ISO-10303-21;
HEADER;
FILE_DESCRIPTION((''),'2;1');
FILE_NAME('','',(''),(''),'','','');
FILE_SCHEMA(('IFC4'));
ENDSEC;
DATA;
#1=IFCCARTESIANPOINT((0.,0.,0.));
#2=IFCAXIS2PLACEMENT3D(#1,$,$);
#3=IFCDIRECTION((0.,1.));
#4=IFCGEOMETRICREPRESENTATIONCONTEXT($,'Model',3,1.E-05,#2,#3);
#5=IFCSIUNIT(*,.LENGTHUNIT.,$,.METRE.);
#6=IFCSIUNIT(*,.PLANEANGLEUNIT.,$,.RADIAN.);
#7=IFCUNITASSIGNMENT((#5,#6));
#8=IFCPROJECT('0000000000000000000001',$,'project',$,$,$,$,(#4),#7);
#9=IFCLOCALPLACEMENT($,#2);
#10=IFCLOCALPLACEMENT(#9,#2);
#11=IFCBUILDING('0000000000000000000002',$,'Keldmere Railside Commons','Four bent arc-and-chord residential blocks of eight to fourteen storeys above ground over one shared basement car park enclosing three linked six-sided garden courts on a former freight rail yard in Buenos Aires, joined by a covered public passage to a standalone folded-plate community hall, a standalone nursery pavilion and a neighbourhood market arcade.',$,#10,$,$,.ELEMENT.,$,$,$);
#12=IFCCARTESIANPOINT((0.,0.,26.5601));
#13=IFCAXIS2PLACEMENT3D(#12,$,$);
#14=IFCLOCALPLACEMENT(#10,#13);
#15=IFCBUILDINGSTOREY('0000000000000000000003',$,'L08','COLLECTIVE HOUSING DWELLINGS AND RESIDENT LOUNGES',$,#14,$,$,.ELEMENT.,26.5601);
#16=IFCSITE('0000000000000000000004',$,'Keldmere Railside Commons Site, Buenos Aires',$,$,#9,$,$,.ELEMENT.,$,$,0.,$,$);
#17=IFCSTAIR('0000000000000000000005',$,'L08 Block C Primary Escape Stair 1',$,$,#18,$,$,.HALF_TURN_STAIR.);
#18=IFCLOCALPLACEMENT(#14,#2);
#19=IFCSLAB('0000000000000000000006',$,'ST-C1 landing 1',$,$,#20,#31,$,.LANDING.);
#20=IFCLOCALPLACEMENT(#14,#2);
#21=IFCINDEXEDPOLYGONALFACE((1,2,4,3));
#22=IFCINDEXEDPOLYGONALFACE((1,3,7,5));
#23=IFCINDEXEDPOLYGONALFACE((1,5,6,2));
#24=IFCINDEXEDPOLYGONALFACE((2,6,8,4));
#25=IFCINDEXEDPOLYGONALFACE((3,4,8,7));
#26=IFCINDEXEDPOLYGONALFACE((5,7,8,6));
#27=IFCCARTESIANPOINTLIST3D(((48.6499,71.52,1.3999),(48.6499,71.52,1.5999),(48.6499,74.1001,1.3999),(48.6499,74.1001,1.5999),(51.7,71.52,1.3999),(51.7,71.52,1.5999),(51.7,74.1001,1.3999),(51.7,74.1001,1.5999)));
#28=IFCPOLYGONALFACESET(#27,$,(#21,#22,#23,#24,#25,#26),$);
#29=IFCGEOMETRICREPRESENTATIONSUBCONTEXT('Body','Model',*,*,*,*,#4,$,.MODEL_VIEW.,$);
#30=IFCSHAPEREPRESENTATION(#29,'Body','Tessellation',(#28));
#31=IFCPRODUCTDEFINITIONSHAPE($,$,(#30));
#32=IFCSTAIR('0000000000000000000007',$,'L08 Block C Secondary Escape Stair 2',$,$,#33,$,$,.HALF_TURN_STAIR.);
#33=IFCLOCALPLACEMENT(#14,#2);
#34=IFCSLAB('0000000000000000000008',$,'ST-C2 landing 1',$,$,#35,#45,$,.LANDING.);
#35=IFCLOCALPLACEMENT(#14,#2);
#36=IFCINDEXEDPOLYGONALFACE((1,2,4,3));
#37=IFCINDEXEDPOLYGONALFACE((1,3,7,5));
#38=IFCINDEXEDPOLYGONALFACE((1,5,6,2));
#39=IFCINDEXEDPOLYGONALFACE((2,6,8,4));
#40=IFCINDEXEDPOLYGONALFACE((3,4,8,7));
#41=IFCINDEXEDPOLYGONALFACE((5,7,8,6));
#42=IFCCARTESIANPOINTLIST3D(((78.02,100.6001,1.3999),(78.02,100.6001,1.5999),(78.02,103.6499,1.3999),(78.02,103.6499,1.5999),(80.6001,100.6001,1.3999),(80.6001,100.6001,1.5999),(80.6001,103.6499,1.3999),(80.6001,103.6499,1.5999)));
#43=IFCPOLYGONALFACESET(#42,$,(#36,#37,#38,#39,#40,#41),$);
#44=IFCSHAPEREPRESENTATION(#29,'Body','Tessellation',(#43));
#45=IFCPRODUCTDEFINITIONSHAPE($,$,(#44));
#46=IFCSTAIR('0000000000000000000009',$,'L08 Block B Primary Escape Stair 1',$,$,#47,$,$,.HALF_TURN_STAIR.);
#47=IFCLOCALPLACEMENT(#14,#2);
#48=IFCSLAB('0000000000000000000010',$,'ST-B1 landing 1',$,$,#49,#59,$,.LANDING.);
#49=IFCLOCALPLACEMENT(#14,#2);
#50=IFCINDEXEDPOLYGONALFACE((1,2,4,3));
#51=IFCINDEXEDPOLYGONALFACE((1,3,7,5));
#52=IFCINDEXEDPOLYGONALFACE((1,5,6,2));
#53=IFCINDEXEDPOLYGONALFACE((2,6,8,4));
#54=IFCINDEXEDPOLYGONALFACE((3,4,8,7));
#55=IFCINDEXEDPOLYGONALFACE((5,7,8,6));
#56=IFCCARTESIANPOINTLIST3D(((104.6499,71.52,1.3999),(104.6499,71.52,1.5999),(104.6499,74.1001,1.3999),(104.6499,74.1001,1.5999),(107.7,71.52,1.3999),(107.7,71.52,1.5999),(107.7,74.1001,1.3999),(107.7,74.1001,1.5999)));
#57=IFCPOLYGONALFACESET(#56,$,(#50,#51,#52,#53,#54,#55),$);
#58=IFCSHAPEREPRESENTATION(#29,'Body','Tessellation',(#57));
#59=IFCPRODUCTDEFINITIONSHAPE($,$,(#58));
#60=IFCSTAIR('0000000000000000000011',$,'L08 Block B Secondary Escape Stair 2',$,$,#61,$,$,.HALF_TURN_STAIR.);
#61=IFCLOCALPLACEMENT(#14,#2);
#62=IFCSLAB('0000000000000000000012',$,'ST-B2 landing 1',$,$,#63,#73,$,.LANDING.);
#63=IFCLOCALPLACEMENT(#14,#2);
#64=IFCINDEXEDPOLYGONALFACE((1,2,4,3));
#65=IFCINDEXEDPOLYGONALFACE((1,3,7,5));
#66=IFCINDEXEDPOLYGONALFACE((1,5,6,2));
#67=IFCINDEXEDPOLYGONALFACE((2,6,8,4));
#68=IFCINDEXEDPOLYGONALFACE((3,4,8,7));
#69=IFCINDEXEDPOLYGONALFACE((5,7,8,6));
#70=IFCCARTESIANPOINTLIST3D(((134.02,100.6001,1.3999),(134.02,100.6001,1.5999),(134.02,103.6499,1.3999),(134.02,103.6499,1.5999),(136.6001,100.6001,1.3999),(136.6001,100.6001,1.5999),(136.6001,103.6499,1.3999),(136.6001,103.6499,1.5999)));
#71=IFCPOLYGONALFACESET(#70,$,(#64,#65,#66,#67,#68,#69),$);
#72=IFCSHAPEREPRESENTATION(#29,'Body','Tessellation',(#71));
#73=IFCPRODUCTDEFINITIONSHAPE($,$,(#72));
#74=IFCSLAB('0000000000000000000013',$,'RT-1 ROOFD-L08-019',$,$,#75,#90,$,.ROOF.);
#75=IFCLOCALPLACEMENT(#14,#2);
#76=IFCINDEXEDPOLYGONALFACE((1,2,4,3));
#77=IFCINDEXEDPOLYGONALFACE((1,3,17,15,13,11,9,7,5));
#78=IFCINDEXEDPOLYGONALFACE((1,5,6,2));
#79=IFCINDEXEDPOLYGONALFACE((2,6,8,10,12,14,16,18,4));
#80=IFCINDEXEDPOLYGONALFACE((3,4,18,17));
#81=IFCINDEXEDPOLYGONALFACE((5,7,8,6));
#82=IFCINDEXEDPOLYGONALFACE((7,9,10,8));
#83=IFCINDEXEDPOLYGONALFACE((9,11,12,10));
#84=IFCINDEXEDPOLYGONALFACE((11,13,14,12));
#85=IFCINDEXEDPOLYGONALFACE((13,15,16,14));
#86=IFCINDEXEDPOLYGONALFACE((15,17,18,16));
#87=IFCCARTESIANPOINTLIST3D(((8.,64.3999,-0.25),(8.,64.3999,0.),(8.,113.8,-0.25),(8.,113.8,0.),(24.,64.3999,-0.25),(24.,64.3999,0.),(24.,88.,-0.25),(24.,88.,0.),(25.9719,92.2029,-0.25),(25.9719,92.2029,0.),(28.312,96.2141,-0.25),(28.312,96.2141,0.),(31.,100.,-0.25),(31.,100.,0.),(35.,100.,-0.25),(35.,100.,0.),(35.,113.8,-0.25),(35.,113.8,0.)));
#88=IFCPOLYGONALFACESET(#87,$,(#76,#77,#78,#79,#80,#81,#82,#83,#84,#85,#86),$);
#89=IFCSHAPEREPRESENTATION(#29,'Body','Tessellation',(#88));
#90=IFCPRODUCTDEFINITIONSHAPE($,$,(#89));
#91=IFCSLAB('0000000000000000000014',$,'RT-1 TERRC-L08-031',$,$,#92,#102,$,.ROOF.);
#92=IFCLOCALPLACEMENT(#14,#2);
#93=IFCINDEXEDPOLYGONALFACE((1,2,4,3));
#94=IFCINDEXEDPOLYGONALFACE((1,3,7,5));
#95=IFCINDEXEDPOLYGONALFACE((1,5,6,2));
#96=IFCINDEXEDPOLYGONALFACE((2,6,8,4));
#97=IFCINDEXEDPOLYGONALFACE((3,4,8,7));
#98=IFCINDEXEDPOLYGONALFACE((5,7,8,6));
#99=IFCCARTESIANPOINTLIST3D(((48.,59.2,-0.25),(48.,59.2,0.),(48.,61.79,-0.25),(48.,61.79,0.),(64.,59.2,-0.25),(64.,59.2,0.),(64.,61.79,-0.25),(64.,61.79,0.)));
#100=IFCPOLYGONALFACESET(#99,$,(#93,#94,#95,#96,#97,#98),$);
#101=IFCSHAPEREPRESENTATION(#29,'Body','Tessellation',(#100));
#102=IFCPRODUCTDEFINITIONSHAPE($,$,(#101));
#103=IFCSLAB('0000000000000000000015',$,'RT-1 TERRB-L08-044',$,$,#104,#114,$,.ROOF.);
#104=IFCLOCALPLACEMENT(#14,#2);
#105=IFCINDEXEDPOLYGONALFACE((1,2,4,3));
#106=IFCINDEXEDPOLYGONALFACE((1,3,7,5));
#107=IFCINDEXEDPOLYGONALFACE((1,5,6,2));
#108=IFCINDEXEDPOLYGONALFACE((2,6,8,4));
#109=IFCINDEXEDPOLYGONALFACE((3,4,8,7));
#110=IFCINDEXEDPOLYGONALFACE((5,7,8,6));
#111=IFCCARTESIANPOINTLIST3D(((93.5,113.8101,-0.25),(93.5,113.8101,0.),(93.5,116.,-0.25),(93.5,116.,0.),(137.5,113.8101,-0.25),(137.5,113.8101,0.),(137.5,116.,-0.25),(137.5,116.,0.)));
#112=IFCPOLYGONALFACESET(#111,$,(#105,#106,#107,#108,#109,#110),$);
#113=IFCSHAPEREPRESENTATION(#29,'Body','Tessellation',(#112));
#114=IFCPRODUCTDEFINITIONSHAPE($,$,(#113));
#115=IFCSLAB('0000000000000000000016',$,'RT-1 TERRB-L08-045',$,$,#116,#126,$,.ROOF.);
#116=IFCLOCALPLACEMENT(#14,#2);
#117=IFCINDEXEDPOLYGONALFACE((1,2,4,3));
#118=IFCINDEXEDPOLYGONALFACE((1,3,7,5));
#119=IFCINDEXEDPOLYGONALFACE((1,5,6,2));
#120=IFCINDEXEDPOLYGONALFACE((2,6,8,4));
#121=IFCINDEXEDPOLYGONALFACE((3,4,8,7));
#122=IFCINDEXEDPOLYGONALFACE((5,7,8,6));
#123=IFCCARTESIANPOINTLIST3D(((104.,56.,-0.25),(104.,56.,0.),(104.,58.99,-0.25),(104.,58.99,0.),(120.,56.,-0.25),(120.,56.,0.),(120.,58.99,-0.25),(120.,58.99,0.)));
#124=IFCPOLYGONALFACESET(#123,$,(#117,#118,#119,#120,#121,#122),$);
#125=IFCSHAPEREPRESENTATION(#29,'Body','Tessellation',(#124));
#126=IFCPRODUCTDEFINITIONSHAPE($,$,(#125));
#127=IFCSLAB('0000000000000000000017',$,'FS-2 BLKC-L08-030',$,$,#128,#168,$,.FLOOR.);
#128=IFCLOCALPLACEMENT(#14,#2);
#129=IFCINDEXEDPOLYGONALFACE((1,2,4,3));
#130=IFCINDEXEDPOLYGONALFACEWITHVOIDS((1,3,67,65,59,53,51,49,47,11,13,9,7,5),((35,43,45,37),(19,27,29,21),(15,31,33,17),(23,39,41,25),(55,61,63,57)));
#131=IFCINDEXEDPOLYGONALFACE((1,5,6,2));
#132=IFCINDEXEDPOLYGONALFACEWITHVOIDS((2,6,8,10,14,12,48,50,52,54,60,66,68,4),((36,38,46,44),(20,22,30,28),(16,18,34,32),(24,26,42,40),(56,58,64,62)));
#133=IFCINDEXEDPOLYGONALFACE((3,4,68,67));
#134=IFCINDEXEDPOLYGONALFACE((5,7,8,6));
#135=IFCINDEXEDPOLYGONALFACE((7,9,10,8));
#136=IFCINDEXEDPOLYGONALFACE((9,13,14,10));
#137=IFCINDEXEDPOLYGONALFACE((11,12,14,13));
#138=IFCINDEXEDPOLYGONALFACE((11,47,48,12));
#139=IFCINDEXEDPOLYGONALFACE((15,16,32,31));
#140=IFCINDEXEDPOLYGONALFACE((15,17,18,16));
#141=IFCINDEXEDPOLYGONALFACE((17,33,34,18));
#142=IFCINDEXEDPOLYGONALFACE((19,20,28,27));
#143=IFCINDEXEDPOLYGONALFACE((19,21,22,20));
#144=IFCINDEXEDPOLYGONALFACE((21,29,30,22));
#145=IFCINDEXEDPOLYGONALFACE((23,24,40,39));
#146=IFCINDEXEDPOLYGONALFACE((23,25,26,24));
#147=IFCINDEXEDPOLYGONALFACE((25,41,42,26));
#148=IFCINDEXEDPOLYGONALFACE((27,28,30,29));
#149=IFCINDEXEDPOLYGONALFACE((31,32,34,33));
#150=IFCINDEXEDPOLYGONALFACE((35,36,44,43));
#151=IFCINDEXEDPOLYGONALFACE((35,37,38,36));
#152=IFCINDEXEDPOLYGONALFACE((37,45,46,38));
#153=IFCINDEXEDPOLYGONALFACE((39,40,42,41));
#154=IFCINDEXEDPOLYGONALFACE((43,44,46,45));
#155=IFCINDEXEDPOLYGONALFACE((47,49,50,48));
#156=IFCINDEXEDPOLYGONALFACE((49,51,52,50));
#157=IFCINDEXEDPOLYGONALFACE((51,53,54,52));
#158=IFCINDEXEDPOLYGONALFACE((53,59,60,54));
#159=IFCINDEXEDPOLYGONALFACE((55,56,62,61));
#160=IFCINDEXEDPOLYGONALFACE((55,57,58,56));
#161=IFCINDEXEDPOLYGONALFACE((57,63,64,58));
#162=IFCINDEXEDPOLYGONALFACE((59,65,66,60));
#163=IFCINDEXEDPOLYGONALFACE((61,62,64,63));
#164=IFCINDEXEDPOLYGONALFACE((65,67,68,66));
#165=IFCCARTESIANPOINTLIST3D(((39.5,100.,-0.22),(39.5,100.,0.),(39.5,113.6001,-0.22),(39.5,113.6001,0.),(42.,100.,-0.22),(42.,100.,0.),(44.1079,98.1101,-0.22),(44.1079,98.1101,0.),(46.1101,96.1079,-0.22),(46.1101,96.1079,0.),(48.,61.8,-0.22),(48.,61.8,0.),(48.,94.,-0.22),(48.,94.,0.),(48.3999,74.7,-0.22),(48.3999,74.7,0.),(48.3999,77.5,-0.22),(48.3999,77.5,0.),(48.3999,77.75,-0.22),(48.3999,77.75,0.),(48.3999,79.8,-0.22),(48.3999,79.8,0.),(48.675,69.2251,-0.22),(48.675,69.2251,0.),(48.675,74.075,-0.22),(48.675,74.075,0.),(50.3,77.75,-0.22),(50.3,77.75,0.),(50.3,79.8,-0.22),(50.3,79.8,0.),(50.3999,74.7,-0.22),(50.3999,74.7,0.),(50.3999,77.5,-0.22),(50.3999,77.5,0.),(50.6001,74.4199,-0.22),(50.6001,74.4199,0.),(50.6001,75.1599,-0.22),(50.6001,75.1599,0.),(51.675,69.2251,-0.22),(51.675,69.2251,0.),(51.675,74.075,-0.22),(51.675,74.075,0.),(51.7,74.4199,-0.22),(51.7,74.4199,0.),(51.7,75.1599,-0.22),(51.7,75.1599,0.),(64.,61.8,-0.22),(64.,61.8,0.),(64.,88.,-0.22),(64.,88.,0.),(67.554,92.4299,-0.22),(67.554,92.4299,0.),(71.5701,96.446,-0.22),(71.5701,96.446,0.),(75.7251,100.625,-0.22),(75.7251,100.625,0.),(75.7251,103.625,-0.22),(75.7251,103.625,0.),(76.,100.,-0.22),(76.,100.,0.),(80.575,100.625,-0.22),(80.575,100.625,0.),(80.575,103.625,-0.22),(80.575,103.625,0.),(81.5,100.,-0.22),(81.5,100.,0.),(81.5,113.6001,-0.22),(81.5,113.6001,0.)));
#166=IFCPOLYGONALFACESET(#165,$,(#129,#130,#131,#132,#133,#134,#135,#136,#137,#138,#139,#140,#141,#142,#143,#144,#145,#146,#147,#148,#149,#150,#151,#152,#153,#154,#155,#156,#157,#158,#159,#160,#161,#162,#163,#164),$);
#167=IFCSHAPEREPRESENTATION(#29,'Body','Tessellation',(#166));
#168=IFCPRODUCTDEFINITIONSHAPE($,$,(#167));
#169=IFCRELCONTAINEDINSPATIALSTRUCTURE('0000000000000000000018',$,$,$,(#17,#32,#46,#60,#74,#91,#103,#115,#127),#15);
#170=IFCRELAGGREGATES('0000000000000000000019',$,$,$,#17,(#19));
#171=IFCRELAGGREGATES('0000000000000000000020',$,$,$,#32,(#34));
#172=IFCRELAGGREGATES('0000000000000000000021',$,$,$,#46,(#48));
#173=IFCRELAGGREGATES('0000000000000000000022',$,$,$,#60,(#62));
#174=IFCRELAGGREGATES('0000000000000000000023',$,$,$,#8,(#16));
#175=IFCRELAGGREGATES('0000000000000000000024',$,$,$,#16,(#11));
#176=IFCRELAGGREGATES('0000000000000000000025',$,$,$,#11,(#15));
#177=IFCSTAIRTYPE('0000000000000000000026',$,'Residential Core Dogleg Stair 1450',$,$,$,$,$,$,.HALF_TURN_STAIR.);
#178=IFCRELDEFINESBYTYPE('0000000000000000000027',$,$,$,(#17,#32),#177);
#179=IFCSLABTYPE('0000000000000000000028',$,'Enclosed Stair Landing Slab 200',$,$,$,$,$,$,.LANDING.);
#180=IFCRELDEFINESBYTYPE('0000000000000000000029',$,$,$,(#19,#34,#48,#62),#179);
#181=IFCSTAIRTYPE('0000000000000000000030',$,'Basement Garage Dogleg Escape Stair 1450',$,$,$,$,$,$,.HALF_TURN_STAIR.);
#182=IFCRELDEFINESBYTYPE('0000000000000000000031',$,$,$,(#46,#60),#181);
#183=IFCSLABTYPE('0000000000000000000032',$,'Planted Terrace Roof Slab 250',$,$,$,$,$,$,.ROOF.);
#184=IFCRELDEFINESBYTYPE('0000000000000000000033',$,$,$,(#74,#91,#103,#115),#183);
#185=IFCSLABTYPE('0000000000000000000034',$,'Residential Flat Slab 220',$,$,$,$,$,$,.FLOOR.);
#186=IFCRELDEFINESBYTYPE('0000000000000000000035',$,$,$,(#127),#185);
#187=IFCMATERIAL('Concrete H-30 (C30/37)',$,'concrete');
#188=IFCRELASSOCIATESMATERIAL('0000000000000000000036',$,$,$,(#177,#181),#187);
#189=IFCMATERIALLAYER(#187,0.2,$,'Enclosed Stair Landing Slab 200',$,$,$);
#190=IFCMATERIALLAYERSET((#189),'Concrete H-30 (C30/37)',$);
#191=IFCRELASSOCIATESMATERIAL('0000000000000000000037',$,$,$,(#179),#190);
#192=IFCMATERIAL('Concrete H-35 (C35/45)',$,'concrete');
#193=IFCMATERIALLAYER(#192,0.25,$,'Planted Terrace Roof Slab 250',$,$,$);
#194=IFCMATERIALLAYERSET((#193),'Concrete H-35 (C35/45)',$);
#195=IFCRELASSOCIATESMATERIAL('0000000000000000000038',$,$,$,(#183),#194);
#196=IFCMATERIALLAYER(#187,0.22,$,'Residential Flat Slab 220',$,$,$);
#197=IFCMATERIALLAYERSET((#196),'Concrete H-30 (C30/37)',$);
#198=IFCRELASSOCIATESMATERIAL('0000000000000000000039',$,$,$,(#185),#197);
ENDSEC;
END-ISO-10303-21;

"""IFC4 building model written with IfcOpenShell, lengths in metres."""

from ifc_helpers import new_model, si_unit, direction, frame, origin, place, context, subcontext, project, spatial, polyline, outline, extrude, material, layer, layer_set, type_object, element, aggregate, save


model = new_model("IFC4")

# Units and contexts
model_context = context("Model", 3, precision=1e-05, world=origin(), true_north=direction((0.0, 1.0)))
body_context = subcontext(model_context, "Body", "Model", "MODEL_VIEW")
ifc_project = project(units=[si_unit("LENGTHUNIT", "METRE"), si_unit("PLANEANGLEUNIT", "RADIAN")], contexts=[model_context])

# Site, building, storey
site_placement = place(None, origin())
site = spatial("IfcSite", under=ifc_project, at=site_placement, Name="Keldmere Railside Commons Site, Buenos Aires", CompositionType="ELEMENT", RefElevation=0.0)
building_placement = place(site_placement, origin())
building = spatial("IfcBuilding", under=site, at=building_placement, Name="Keldmere Railside Commons", Description="Four bent arc-and-chord residential blocks of eight to fourteen storeys above ground over one shared basement car park enclosing three linked six-sided garden courts on a former freight rail yard in Buenos Aires, joined by a covered public passage to a standalone folded-plate community hall, a standalone nursery pavilion and a neighbourhood market arcade.", CompositionType="ELEMENT")
storey_placement = place(building_placement, frame((0.0, 0.0, 26.5601)))
storey = spatial("IfcBuildingStorey", under=building, at=storey_placement, Name="L08", Description="COLLECTIVE HOUSING DWELLINGS AND RESIDENT LOUNGES", CompositionType="ELEMENT", Elevation=26.5601)

# Stairs, slabs
ifc_material_1 = material(Name="Concrete H-30 (C30/37)", Category="concrete")
stair_type_1 = type_object("IfcStairType", Name="Residential Core Dogleg Stair 1450", PredefinedType="HALF_TURN_STAIR", material=ifc_material_1)
stair_1_placement = place(storey_placement, origin())
stair_1 = element("IfcStair", 1, at=stair_1_placement, inside=storey, type_object=stair_type_1, Name="L08 Block C Primary Escape Stair 1", PredefinedType="HALF_TURN_STAIR")
ifc_layer_1 = layer(ifc_material_1, 0.2, Name="Enclosed Stair Landing Slab 200")
ifc_layer_set_1 = layer_set([ifc_layer_1], Name="Concrete H-30 (C30/37)")
slab_type_1 = type_object("IfcSlabType", Name="Enclosed Stair Landing Slab 200", PredefinedType="LANDING", material=ifc_layer_set_1)
slab_1_placement = place(storey_placement, frame((0.0, 0.0, 1.3999)))
slab_1 = element("IfcSlab", 2, at=slab_1_placement, type_object=slab_type_1, Name="ST-C1 landing 1", PredefinedType="LANDING", context=body_context, shape_type="SweptSolid", body=[
    extrude(outline(polyline([(51.7, 71.52), (51.7, 74.1001), (48.6499, 74.1001), (48.6499, 71.52), (51.7, 71.52)])), origin(), (0.0, 0.0, 1.0), 0.2),
])
aggregate(stair_1, [slab_1])
stair_2_placement = place(storey_placement, origin())
stair_2 = element("IfcStair", 3, at=stair_2_placement, inside=storey, type_object=stair_type_1, Name="L08 Block C Secondary Escape Stair 2", PredefinedType="HALF_TURN_STAIR")
slab_2_placement = place(storey_placement, frame((0.0, 0.0, 1.3999)))
slab_2 = element("IfcSlab", 4, at=slab_2_placement, type_object=slab_type_1, Name="ST-C2 landing 1", PredefinedType="LANDING", context=body_context, shape_type="SweptSolid", body=[
    extrude(outline(polyline([(78.02, 100.6001), (80.6001, 100.6001), (80.6001, 103.6499), (78.02, 103.6499), (78.02, 100.6001)])), origin(), (0.0, 0.0, 1.0), 0.2),
])
aggregate(stair_2, [slab_2])
stair_type_2 = type_object("IfcStairType", Name="Basement Garage Dogleg Escape Stair 1450", PredefinedType="HALF_TURN_STAIR", material=ifc_material_1)
stair_3_placement = place(storey_placement, origin())
stair_3 = element("IfcStair", 5, at=stair_3_placement, inside=storey, type_object=stair_type_2, Name="L08 Block B Primary Escape Stair 1", PredefinedType="HALF_TURN_STAIR")
slab_3_placement = place(storey_placement, frame((0.0, 0.0, 1.3999)))
slab_3 = element("IfcSlab", 6, at=slab_3_placement, type_object=slab_type_1, Name="ST-B1 landing 1", PredefinedType="LANDING", context=body_context, shape_type="SweptSolid", body=[
    extrude(outline(polyline([(107.7, 71.52), (107.7, 74.1001), (104.6499, 74.1001), (104.6499, 71.52), (107.7, 71.52)])), origin(), (0.0, 0.0, 1.0), 0.2),
])
aggregate(stair_3, [slab_3])
stair_4_placement = place(storey_placement, origin())
stair_4 = element("IfcStair", 7, at=stair_4_placement, inside=storey, type_object=stair_type_2, Name="L08 Block B Secondary Escape Stair 2", PredefinedType="HALF_TURN_STAIR")
slab_4_placement = place(storey_placement, frame((0.0, 0.0, 1.3999)))
slab_4 = element("IfcSlab", 8, at=slab_4_placement, type_object=slab_type_1, Name="ST-B2 landing 1", PredefinedType="LANDING", context=body_context, shape_type="SweptSolid", body=[
    extrude(outline(polyline([(134.02, 100.6001), (136.6001, 100.6001), (136.6001, 103.6499), (134.02, 103.6499), (134.02, 100.6001)])), origin(), (0.0, 0.0, 1.0), 0.2),
])
aggregate(stair_4, [slab_4])

# Slabs
ifc_material_2 = material(Name="Concrete H-35 (C35/45)", Category="concrete")
ifc_layer_2 = layer(ifc_material_2, 0.25, Name="Planted Terrace Roof Slab 250")
ifc_layer_set_2 = layer_set([ifc_layer_2], Name="Concrete H-35 (C35/45)")
slab_type_2 = type_object("IfcSlabType", Name="Planted Terrace Roof Slab 250", PredefinedType="ROOF", material=ifc_layer_set_2)
slab_5_placement = place(storey_placement, frame((0.0, 0.0, -0.25)))
element("IfcSlab", 9, at=slab_5_placement, inside=storey, type_object=slab_type_2, Name="RT-1 ROOFD-L08-019", PredefinedType="ROOF", context=body_context, shape_type="SweptSolid", body=[
    extrude(outline(polyline([(8.0, 64.3999), (24.0, 64.3999), (24.0, 88.0), (25.9719, 92.2029), (28.312, 96.2141), (31.0, 100.0), (35.0, 100.0), (35.0, 113.8), (8.0, 113.8), (8.0, 64.3999)])), origin(), (0.0, 0.0, 1.0), 0.25),
])
slab_6_placement = place(storey_placement, frame((0.0, 0.0, -0.25)))
element("IfcSlab", 10, at=slab_6_placement, inside=storey, type_object=slab_type_2, Name="RT-1 TERRC-L08-031", PredefinedType="ROOF", context=body_context, shape_type="SweptSolid", body=[
    extrude(outline(polyline([(64.0, 59.2), (64.0, 61.79), (48.0, 61.79), (48.0, 59.2), (64.0, 59.2)])), origin(), (0.0, 0.0, 1.0), 0.25),
])
slab_7_placement = place(storey_placement, frame((0.0, 0.0, -0.25)))
element("IfcSlab", 11, at=slab_7_placement, inside=storey, type_object=slab_type_2, Name="RT-1 TERRB-L08-044", PredefinedType="ROOF", context=body_context, shape_type="SweptSolid", body=[
    extrude(outline(polyline([(93.5, 116.0), (93.5, 113.8101), (137.5, 113.8101), (137.5, 116.0), (93.5, 116.0)])), origin(), (0.0, 0.0, 1.0), 0.25),
])
slab_8_placement = place(storey_placement, frame((0.0, 0.0, -0.25)))
element("IfcSlab", 12, at=slab_8_placement, inside=storey, type_object=slab_type_2, Name="RT-1 TERRB-L08-045", PredefinedType="ROOF", context=body_context, shape_type="SweptSolid", body=[
    extrude(outline(polyline([(120.0, 56.0), (120.0, 58.99), (104.0, 58.99), (104.0, 56.0), (120.0, 56.0)])), origin(), (0.0, 0.0, 1.0), 0.25),
])
ifc_layer_3 = layer(ifc_material_1, 0.22, Name="Residential Flat Slab 220")
ifc_layer_set_3 = layer_set([ifc_layer_3], Name="Concrete H-30 (C30/37)")
slab_type_3 = type_object("IfcSlabType", Name="Residential Flat Slab 220", PredefinedType="FLOOR", material=ifc_layer_set_3)
slab_9_placement = place(storey_placement, frame((0.0, 0.0, -0.22)))
element("IfcSlab", 13, at=slab_9_placement, inside=storey, type_object=slab_type_3, Name="FS-2 BLKC-L08-030", PredefinedType="FLOOR", context=body_context, shape_type="SweptSolid", body=[
    extrude(outline(polyline([(48.0, 61.8), (64.0, 61.8), (64.0, 88.0), (67.554, 92.4299), (71.5701, 96.446), (76.0, 100.0), (81.5, 100.0), (81.5, 113.6001), (39.5, 113.6001), (39.5, 100.0), (42.0, 100.0), (44.1079, 98.1101), (46.1101, 96.1079), (48.0, 94.0), (48.0, 61.8)]), holes=[polyline([(51.675, 74.075), (51.675, 69.2251), (48.675, 69.2251), (48.675, 74.075), (51.675, 74.075)]), polyline([(51.7, 74.4199), (50.6001, 74.4199), (50.6001, 75.1599), (51.7, 75.1599), (51.7, 74.4199)]), polyline([(50.3999, 74.7), (48.3999, 74.7), (48.3999, 77.5), (50.3999, 77.5), (50.3999, 74.7)]), polyline([(50.3, 77.75), (48.3999, 77.75), (48.3999, 79.8), (50.3, 79.8), (50.3, 77.75)]), polyline([(75.7251, 100.625), (75.7251, 103.625), (80.575, 103.625), (80.575, 100.625), (75.7251, 100.625)])]), origin(), (0.0, 0.0, 1.0), 0.22),
])

save(model, "model.ifc")
